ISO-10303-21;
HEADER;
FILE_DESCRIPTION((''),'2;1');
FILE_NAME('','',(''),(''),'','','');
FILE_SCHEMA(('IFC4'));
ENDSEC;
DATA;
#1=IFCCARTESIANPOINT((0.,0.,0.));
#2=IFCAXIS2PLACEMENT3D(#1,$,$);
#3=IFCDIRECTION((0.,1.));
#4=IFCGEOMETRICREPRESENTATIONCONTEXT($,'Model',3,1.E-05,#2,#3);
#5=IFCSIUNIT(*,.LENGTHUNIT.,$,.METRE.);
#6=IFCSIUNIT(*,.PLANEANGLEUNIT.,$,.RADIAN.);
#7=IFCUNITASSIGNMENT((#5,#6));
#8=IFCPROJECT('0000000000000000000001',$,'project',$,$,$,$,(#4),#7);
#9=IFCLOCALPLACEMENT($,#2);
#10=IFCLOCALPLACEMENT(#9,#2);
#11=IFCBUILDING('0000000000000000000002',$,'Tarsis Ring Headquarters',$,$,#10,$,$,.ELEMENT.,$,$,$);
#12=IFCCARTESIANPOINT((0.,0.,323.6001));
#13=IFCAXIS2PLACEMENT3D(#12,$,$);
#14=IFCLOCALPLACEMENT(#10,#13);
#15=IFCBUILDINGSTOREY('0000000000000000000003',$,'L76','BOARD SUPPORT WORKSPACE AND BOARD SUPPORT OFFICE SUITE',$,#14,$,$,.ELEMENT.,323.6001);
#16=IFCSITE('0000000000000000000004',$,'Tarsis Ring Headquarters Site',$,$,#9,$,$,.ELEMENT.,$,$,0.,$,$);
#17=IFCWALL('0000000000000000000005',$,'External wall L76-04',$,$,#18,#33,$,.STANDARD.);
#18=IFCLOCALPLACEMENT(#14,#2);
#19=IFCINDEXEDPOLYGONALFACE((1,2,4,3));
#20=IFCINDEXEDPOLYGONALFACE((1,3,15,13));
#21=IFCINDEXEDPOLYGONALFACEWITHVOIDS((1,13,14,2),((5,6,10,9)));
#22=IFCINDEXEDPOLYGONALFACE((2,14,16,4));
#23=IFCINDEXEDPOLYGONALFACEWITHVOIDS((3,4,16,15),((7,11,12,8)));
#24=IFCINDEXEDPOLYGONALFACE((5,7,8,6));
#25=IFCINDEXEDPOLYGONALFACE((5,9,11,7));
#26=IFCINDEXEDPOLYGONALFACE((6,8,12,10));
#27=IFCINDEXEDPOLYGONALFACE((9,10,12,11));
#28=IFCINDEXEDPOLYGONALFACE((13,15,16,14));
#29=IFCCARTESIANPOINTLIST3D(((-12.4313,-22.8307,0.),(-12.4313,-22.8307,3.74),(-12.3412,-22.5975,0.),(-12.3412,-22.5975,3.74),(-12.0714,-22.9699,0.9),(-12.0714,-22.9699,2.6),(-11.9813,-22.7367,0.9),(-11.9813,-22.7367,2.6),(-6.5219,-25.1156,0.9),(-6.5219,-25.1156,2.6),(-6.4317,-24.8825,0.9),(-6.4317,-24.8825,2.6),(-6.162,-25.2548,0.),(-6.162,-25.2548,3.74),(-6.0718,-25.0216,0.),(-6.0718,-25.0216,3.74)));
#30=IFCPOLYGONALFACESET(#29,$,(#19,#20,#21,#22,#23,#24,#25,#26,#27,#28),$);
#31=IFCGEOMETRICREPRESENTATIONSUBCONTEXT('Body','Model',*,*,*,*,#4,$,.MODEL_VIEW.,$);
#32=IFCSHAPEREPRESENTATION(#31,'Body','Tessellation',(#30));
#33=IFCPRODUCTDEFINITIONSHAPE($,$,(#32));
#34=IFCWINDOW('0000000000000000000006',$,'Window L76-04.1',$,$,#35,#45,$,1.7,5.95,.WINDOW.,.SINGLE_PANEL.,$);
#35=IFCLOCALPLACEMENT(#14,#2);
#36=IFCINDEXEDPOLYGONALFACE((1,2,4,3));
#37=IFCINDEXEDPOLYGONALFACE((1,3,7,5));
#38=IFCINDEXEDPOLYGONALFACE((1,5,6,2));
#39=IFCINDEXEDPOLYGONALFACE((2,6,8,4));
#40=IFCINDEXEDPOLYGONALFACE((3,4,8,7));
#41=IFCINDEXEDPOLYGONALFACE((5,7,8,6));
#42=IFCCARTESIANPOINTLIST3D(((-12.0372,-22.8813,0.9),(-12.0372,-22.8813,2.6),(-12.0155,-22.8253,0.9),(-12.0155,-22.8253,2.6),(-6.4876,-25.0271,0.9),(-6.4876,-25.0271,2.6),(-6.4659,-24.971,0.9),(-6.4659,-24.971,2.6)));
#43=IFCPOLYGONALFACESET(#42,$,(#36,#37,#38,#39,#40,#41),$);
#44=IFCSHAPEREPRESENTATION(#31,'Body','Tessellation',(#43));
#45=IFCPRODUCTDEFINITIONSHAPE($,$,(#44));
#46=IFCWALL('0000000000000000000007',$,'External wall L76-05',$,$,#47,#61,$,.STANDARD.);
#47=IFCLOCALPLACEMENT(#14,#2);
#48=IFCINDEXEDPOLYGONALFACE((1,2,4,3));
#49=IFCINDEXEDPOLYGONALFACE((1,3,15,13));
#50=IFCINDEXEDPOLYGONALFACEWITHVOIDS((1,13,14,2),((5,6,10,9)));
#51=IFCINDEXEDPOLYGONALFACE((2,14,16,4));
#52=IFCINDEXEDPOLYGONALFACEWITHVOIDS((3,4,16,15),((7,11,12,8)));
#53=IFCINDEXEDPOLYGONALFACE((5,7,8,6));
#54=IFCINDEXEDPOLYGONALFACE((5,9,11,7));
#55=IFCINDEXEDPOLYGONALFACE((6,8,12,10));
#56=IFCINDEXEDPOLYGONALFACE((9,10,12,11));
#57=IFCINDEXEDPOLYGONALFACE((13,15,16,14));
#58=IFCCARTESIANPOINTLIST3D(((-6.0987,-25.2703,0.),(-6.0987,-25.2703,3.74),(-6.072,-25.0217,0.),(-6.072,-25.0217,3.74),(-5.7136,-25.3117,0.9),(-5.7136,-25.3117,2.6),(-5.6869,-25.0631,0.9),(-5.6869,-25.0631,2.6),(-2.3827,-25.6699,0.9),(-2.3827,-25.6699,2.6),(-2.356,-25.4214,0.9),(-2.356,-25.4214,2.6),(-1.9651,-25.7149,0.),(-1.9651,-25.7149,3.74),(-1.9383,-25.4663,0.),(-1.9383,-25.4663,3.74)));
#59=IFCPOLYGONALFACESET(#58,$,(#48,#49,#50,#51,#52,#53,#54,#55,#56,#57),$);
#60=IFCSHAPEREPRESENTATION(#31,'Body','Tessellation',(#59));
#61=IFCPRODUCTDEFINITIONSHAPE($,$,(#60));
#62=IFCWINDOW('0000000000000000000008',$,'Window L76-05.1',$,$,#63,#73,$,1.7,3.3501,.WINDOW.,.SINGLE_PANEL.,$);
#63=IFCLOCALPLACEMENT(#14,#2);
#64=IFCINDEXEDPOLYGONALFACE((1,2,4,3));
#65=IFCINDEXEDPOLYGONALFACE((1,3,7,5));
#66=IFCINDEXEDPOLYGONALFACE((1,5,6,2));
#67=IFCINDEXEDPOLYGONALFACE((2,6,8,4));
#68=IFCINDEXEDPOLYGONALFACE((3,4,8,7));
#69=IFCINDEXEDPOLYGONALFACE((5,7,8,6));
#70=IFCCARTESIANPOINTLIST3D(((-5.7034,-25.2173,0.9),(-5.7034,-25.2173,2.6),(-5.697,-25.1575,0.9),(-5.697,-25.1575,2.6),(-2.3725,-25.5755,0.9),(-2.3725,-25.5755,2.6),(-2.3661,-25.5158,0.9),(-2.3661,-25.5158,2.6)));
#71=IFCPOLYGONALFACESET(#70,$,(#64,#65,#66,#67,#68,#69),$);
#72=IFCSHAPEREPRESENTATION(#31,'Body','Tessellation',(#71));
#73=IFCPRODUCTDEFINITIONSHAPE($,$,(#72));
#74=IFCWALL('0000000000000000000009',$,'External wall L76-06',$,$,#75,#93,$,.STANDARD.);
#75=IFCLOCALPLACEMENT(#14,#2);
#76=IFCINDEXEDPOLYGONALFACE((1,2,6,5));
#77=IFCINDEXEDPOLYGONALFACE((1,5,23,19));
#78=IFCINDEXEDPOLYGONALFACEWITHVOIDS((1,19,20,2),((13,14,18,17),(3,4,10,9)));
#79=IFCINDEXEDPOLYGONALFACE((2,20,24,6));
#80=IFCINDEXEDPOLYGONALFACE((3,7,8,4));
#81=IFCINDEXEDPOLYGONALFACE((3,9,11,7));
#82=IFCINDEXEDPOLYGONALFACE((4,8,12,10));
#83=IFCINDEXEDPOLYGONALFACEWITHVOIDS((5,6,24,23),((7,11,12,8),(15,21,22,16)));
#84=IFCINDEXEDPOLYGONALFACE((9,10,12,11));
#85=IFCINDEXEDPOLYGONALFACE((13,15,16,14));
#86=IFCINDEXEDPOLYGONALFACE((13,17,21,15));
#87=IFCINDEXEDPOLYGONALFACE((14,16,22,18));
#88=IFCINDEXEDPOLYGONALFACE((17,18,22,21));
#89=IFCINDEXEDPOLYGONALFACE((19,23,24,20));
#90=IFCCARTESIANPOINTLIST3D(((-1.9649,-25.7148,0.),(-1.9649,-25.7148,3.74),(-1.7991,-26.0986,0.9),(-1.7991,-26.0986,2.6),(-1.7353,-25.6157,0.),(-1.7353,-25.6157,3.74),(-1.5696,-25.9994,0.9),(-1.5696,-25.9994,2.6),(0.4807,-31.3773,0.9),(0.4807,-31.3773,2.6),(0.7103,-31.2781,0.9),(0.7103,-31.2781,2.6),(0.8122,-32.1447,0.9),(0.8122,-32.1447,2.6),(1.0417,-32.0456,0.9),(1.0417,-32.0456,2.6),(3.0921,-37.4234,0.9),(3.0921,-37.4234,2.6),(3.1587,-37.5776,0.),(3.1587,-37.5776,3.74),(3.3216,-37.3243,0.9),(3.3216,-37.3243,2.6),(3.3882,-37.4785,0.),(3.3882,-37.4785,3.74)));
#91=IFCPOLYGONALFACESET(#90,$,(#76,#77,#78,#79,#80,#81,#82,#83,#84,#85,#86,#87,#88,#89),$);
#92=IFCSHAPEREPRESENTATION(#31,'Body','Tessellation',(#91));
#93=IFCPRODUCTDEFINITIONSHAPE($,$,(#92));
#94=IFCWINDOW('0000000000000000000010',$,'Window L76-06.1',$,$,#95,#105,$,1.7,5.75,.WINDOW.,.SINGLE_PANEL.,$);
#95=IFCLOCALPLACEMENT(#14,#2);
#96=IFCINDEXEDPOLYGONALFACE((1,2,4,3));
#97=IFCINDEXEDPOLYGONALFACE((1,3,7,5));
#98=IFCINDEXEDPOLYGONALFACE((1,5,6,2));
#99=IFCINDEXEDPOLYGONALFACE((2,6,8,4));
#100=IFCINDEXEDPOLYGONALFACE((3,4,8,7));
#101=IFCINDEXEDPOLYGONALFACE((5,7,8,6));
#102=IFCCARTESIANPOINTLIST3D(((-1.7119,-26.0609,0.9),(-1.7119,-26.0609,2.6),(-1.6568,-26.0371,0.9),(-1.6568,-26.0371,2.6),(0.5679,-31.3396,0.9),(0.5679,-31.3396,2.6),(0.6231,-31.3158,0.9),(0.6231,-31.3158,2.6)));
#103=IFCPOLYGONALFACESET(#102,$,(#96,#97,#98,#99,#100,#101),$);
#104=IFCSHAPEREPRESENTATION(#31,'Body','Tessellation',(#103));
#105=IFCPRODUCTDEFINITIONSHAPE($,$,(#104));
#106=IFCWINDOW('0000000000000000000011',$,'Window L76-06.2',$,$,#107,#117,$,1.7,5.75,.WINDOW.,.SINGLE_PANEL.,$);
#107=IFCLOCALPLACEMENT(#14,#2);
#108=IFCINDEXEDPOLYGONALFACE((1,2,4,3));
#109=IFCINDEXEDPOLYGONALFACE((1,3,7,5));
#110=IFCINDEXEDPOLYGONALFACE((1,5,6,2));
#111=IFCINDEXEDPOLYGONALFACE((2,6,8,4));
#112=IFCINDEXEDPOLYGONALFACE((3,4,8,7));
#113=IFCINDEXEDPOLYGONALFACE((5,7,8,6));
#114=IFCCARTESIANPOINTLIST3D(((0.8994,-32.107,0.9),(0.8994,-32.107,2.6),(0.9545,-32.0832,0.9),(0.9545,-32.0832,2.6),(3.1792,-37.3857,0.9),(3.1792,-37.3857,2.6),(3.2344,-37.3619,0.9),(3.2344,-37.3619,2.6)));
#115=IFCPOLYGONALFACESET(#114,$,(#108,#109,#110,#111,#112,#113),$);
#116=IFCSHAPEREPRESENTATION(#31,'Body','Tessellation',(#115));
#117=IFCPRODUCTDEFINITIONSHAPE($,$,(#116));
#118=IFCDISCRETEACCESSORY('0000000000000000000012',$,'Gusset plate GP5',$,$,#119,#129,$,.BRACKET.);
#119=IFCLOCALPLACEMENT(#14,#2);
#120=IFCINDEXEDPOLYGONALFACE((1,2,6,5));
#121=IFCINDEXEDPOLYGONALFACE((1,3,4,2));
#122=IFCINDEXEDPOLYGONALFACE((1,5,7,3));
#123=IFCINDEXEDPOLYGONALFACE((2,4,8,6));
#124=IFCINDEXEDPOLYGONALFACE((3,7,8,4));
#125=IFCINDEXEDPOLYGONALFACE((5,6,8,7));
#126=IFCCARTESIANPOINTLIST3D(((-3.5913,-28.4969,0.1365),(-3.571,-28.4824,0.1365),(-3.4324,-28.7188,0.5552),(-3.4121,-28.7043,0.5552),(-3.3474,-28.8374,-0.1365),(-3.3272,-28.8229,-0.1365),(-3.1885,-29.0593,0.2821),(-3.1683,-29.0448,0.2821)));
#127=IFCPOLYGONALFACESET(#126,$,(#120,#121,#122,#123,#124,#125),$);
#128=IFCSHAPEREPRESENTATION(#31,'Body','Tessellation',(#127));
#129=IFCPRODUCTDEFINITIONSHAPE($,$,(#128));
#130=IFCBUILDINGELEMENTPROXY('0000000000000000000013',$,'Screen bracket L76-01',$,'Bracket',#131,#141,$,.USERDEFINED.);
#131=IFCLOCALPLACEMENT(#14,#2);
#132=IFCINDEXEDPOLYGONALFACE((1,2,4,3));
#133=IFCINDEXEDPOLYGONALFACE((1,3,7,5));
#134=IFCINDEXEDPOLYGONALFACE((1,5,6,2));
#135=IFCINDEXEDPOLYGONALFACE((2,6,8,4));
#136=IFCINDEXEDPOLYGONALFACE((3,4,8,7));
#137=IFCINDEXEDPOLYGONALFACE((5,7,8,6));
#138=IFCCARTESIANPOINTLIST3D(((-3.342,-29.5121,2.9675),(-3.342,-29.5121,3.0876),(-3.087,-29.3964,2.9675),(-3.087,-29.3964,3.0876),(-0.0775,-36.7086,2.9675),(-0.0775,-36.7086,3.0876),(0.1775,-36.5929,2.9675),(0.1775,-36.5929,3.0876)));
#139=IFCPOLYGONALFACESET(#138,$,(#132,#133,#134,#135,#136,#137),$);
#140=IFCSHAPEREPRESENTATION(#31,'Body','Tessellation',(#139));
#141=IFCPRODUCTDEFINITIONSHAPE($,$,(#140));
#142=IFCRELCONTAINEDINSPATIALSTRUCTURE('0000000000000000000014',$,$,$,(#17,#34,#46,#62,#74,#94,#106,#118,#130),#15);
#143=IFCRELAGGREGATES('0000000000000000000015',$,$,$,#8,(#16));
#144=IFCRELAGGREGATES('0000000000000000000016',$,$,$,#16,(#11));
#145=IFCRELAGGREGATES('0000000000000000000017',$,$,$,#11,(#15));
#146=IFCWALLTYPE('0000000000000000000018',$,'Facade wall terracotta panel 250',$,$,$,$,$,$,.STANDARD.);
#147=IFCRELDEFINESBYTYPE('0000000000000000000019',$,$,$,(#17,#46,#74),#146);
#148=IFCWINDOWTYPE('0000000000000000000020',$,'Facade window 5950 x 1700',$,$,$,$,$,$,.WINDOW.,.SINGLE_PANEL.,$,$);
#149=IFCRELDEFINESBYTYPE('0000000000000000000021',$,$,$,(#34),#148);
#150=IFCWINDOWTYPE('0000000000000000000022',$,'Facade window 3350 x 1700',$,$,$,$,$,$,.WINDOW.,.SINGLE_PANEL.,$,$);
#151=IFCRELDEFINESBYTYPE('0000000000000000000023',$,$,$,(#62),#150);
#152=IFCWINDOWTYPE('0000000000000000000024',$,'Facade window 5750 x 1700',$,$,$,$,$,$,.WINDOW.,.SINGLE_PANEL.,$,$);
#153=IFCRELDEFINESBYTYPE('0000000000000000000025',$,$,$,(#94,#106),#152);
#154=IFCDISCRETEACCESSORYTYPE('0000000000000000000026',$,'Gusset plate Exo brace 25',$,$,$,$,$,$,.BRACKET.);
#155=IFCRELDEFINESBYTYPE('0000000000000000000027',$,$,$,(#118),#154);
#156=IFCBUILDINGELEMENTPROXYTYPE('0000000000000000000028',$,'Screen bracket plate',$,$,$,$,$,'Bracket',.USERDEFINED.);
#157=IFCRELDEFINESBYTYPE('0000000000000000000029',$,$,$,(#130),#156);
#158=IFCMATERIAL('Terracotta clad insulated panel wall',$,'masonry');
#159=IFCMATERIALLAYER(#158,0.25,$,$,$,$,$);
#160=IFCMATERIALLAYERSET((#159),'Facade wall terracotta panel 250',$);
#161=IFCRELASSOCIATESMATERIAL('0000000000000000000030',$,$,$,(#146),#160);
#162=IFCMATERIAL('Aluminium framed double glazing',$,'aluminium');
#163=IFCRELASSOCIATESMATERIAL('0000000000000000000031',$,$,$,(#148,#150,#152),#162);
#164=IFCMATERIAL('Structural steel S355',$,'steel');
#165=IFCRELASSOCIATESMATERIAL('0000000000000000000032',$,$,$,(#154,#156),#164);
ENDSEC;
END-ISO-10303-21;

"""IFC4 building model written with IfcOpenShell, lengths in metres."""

from ifc_helpers import new_model, si_unit, direction, frame, frame_2d, origin, origin_2d, place, context, subcontext, project, spatial, rectangle, extrude, material, layer, layer_set, material_profile, profile_set, type_object, element, fill, save


model = new_model("IFC4")

# Units and contexts
model_context = context("Model", 3, precision=1e-05, world=origin(), true_north=direction((0.0, 1.0)))
body_context = subcontext(model_context, "Body", "Model", "MODEL_VIEW")
ifc_project = project(units=[si_unit("LENGTHUNIT", "METRE"), si_unit("PLANEANGLEUNIT", "RADIAN")], contexts=[model_context])

# Site, building, storey
site_placement = place(None, origin())
site = spatial("IfcSite", under=ifc_project, at=site_placement, Name="Tarsis Ring Headquarters Site", CompositionType="ELEMENT", RefElevation=0.0)
building_placement = place(site_placement, origin())
building = spatial("IfcBuilding", under=site, at=building_placement, Name="Tarsis Ring Headquarters", CompositionType="ELEMENT")
storey_placement = place(building_placement, frame((0.0, 0.0, 323.6001)))
storey = spatial("IfcBuildingStorey", under=building, at=storey_placement, Name="L76", Description="BOARD SUPPORT WORKSPACE AND BOARD SUPPORT OFFICE SUITE", CompositionType="ELEMENT", Elevation=323.6001)

# Shared definitions
ifc_material_1 = material(Name="Structural steel S355", Category="steel")

# Walls, openings, windows
ifc_material_2 = material(Name="Terracotta clad insulated panel wall", Category="masonry")
ifc_layer_1 = layer(ifc_material_2, 0.25)
ifc_layer_set_1 = layer_set([ifc_layer_1], Name="Facade wall terracotta panel 250")
wall_type_1 = type_object("IfcWallType", Name="Facade wall terracotta panel 250", PredefinedType="STANDARD", material=ifc_layer_set_1)
wall_1_placement = place(storey_placement, frame((-12.3862, -22.7141, 0.0), z_axis=(0.0, 0.0, 1.0), x_axis=(0.932706, -0.360638, 0.0)))
wall_1 = element("IfcWall", 1, at=wall_1_placement, inside=storey, type_object=wall_type_1, Name="External wall L76-04", PredefinedType="STANDARD", context=body_context, shape_type="SweptSolid", body=[
    extrude(rectangle(XDim=6.7217, YDim=0.25, at=frame_2d((3.3608, 0.0))), origin(), (0.0, 0.0, 1.0), 3.74),
])
opening_1_placement = place(wall_1_placement, frame((0.3857, 0.0, 0.8999)))
opening_1 = element("IfcOpeningElement", 2, at=opening_1_placement, cuts=wall_1, PredefinedType="OPENING", context=body_context, shape_type="SweptSolid", body=[
    extrude(rectangle(XDim=5.95, YDim=1.7, at=frame_2d((2.9751, 0.8501))), frame((0.0, 0.135, 0.0), z_axis=(0.0, -1.0, 0.0), x_axis=(1.0, 0.0, 0.0)), (0.0, 0.0, 1.0), 0.27),
])
ifc_material_3 = material(Name="Aluminium framed double glazing", Category="aluminium")
window_type_1 = type_object("IfcWindowType", Name="Facade window 5950 x 1700", PartitioningType="SINGLE_PANEL", PredefinedType="WINDOW", material=ifc_material_3)
window_1_placement = place(opening_1_placement, origin())
window_1 = element("IfcWindow", 3, at=window_1_placement, inside=storey, type_object=window_type_1, Name="Window L76-04.1", OverallHeight=1.7, OverallWidth=5.95, PartitioningType="SINGLE_PANEL", PredefinedType="WINDOW", context=body_context, shape_type="SweptSolid", body=[
    extrude(rectangle(XDim=5.95, YDim=1.7, at=frame_2d((2.9751, 0.8501))), frame((0.0, 0.03, 0.0), z_axis=(0.0, -1.0, 0.0), x_axis=(1.0, 0.0, 0.0)), (0.0, 0.0, 1.0), 0.0601),
])
fill(opening_1, window_1)
wall_2_placement = place(storey_placement, frame((-6.0852, -25.146, 0.0), z_axis=(0.0, 0.0, 1.0), x_axis=(0.994266, -0.106937, 0.0)))
wall_2 = element("IfcWall", 4, at=wall_2_placement, inside=storey, type_object=wall_type_1, Name="External wall L76-05", PredefinedType="STANDARD", context=body_context, shape_type="SweptSolid", body=[
    extrude(rectangle(XDim=4.1575, YDim=0.25, at=frame_2d((2.0786, 0.0))), origin(), (0.0, 0.0, 1.0), 3.74),
])
opening_2_placement = place(wall_2_placement, frame((0.3872, 0.0, 0.8999)))
opening_2 = element("IfcOpeningElement", 5, at=opening_2_placement, cuts=wall_2, PredefinedType="OPENING", context=body_context, shape_type="SweptSolid", body=[
    extrude(rectangle(XDim=3.3501, YDim=1.7, at=frame_2d((1.675, 0.8501))), frame((0.0, 0.135, 0.0), z_axis=(0.0, -1.0, 0.0), x_axis=(1.0, 0.0, 0.0)), (0.0, 0.0, 1.0), 0.27),
])
window_type_2 = type_object("IfcWindowType", Name="Facade window 3350 x 1700", PartitioningType="SINGLE_PANEL", PredefinedType="WINDOW", material=ifc_material_3)
window_2_placement = place(opening_2_placement, origin())
window_2 = element("IfcWindow", 6, at=window_2_placement, inside=storey, type_object=window_type_2, Name="Window L76-05.1", OverallHeight=1.7, OverallWidth=3.3501, PartitioningType="SINGLE_PANEL", PredefinedType="WINDOW", context=body_context, shape_type="SweptSolid", body=[
    extrude(rectangle(XDim=3.3501, YDim=1.7, at=frame_2d((1.675, 0.8501))), frame((0.0, 0.03, 0.0), z_axis=(0.0, -1.0, 0.0), x_axis=(1.0, 0.0, 0.0)), (0.0, 0.0, 1.0), 0.0601),
])
fill(opening_2, window_2)

# Wall, openings, windows
wall_3_placement = place(storey_placement, frame((-1.8501, -25.6653, 0.0), z_axis=(0.0, 0.0, 1.0), x_axis=(0.396499, -0.918035, 0.0)))
wall_3 = element("IfcWall", 7, at=wall_3_placement, inside=storey, type_object=wall_type_1, Name="External wall L76-06", PredefinedType="STANDARD", context=body_context, shape_type="SweptSolid", body=[
    extrude(rectangle(XDim=12.9219, YDim=0.25, at=frame_2d((6.4609, 0.0))), origin(), (0.0, 0.0, 1.0), 3.74),
])
opening_3_placement = place(wall_3_placement, frame((0.418, 0.0, 0.8999)))
opening_3 = element("IfcOpeningElement", 8, at=opening_3_placement, cuts=wall_3, PredefinedType="OPENING", context=body_context, shape_type="SweptSolid", body=[
    extrude(rectangle(XDim=5.75, YDim=1.7, at=frame_2d((2.875, 0.8501))), frame((0.0, 0.135, 0.0), z_axis=(0.0, -1.0, 0.0), x_axis=(1.0, 0.0, 0.0)), (0.0, 0.0, 1.0), 0.27),
])
opening_4_placement = place(wall_3_placement, frame((7.0039, 0.0, 0.8999)))
opening_4 = element("IfcOpeningElement", 9, at=opening_4_placement, cuts=wall_3, PredefinedType="OPENING", context=body_context, shape_type="SweptSolid", body=[
    extrude(rectangle(XDim=5.75, YDim=1.7, at=frame_2d((2.875, 0.8501))), frame((0.0, 0.135, 0.0), z_axis=(0.0, -1.0, 0.0), x_axis=(1.0, 0.0, 0.0)), (0.0, 0.0, 1.0), 0.27),
])
window_type_3 = type_object("IfcWindowType", Name="Facade window 5750 x 1700", PartitioningType="SINGLE_PANEL", PredefinedType="WINDOW", material=ifc_material_3)
window_3_placement = place(opening_3_placement, origin())
window_3 = element("IfcWindow", 10, at=window_3_placement, inside=storey, type_object=window_type_3, Name="Window L76-06.1", OverallHeight=1.7, OverallWidth=5.75, PartitioningType="SINGLE_PANEL", PredefinedType="WINDOW", context=body_context, shape_type="SweptSolid", body=[
    extrude(rectangle(XDim=5.75, YDim=1.7, at=frame_2d((2.875, 0.8501))), frame((0.0, 0.03, 0.0), z_axis=(0.0, -1.0, 0.0), x_axis=(1.0, 0.0, 0.0)), (0.0, 0.0, 1.0), 0.0601),
])
fill(opening_3, window_3)
window_4_placement = place(opening_4_placement, origin())
window_4 = element("IfcWindow", 11, at=window_4_placement, inside=storey, type_object=window_type_3, Name="Window L76-06.2", OverallHeight=1.7, OverallWidth=5.75, PartitioningType="SINGLE_PANEL", PredefinedType="WINDOW", context=body_context, shape_type="SweptSolid", body=[
    extrude(rectangle(XDim=5.75, YDim=1.7, at=frame_2d((2.875, 0.8501))), frame((0.0, 0.03, 0.0), z_axis=(0.0, -1.0, 0.0), x_axis=(1.0, 0.0, 0.0)), (0.0, 0.0, 1.0), 0.0601),
])
fill(opening_4, window_4)

# Discrete accessory
ifc_material_profile_1 = material_profile(ifc_material_1, rectangle(XDim=0.0249, YDim=0.5, at=origin_2d()), Name="PL 25x500")
ifc_profile_set_1 = profile_set([ifc_material_profile_1], Name="Structural steel S355")
discrete_accessory_type = type_object("IfcDiscreteAccessoryType", Name="Gusset plate Exo brace 25", PredefinedType="BRACKET", material=ifc_profile_set_1)
discrete_accessory_placement = place(storey_placement, frame((-3.4592, -28.6599, 0.0), z_axis=(0.317985, -0.444006, 0.837702), x_axis=(0.813008, 0.582253, 0.0)))
element("IfcDiscreteAccessory", 12, at=discrete_accessory_placement, inside=storey, type_object=discrete_accessory_type, Name="Gusset plate GP5", PredefinedType="BRACKET", context=body_context, shape_type="SweptSolid", body=[
    extrude(rectangle(XDim=0.0249, YDim=0.5, at=origin_2d()), origin(), (0.0, 0.0, 1.0), 0.4998),
])

# Building element proxy
building_element_proxy_type = type_object("IfcBuildingElementProxyType", Name="Screen bracket plate", ElementType="Bracket", PredefinedType="USERDEFINED", material=ifc_material_1)
proxy_placement = place(storey_placement, frame((-1.5823, -33.0525, 2.9675), z_axis=(0.0, 0.0, 1.0), x_axis=(0.413104, -0.910684, 0.0)))
element("IfcBuildingElementProxy", 13, at=proxy_placement, inside=storey, type_object=building_element_proxy_type, Name="Screen bracket L76-01", ObjectType="Bracket", PredefinedType="USERDEFINED", context=body_context, shape_type="SweptSolid", body=[
    extrude(rectangle(XDim=7.9023, YDim=0.28, at=origin_2d()), origin(), (0.0, 0.0, 1.0), 0.1201),
])

save(model, "model.ifc")
